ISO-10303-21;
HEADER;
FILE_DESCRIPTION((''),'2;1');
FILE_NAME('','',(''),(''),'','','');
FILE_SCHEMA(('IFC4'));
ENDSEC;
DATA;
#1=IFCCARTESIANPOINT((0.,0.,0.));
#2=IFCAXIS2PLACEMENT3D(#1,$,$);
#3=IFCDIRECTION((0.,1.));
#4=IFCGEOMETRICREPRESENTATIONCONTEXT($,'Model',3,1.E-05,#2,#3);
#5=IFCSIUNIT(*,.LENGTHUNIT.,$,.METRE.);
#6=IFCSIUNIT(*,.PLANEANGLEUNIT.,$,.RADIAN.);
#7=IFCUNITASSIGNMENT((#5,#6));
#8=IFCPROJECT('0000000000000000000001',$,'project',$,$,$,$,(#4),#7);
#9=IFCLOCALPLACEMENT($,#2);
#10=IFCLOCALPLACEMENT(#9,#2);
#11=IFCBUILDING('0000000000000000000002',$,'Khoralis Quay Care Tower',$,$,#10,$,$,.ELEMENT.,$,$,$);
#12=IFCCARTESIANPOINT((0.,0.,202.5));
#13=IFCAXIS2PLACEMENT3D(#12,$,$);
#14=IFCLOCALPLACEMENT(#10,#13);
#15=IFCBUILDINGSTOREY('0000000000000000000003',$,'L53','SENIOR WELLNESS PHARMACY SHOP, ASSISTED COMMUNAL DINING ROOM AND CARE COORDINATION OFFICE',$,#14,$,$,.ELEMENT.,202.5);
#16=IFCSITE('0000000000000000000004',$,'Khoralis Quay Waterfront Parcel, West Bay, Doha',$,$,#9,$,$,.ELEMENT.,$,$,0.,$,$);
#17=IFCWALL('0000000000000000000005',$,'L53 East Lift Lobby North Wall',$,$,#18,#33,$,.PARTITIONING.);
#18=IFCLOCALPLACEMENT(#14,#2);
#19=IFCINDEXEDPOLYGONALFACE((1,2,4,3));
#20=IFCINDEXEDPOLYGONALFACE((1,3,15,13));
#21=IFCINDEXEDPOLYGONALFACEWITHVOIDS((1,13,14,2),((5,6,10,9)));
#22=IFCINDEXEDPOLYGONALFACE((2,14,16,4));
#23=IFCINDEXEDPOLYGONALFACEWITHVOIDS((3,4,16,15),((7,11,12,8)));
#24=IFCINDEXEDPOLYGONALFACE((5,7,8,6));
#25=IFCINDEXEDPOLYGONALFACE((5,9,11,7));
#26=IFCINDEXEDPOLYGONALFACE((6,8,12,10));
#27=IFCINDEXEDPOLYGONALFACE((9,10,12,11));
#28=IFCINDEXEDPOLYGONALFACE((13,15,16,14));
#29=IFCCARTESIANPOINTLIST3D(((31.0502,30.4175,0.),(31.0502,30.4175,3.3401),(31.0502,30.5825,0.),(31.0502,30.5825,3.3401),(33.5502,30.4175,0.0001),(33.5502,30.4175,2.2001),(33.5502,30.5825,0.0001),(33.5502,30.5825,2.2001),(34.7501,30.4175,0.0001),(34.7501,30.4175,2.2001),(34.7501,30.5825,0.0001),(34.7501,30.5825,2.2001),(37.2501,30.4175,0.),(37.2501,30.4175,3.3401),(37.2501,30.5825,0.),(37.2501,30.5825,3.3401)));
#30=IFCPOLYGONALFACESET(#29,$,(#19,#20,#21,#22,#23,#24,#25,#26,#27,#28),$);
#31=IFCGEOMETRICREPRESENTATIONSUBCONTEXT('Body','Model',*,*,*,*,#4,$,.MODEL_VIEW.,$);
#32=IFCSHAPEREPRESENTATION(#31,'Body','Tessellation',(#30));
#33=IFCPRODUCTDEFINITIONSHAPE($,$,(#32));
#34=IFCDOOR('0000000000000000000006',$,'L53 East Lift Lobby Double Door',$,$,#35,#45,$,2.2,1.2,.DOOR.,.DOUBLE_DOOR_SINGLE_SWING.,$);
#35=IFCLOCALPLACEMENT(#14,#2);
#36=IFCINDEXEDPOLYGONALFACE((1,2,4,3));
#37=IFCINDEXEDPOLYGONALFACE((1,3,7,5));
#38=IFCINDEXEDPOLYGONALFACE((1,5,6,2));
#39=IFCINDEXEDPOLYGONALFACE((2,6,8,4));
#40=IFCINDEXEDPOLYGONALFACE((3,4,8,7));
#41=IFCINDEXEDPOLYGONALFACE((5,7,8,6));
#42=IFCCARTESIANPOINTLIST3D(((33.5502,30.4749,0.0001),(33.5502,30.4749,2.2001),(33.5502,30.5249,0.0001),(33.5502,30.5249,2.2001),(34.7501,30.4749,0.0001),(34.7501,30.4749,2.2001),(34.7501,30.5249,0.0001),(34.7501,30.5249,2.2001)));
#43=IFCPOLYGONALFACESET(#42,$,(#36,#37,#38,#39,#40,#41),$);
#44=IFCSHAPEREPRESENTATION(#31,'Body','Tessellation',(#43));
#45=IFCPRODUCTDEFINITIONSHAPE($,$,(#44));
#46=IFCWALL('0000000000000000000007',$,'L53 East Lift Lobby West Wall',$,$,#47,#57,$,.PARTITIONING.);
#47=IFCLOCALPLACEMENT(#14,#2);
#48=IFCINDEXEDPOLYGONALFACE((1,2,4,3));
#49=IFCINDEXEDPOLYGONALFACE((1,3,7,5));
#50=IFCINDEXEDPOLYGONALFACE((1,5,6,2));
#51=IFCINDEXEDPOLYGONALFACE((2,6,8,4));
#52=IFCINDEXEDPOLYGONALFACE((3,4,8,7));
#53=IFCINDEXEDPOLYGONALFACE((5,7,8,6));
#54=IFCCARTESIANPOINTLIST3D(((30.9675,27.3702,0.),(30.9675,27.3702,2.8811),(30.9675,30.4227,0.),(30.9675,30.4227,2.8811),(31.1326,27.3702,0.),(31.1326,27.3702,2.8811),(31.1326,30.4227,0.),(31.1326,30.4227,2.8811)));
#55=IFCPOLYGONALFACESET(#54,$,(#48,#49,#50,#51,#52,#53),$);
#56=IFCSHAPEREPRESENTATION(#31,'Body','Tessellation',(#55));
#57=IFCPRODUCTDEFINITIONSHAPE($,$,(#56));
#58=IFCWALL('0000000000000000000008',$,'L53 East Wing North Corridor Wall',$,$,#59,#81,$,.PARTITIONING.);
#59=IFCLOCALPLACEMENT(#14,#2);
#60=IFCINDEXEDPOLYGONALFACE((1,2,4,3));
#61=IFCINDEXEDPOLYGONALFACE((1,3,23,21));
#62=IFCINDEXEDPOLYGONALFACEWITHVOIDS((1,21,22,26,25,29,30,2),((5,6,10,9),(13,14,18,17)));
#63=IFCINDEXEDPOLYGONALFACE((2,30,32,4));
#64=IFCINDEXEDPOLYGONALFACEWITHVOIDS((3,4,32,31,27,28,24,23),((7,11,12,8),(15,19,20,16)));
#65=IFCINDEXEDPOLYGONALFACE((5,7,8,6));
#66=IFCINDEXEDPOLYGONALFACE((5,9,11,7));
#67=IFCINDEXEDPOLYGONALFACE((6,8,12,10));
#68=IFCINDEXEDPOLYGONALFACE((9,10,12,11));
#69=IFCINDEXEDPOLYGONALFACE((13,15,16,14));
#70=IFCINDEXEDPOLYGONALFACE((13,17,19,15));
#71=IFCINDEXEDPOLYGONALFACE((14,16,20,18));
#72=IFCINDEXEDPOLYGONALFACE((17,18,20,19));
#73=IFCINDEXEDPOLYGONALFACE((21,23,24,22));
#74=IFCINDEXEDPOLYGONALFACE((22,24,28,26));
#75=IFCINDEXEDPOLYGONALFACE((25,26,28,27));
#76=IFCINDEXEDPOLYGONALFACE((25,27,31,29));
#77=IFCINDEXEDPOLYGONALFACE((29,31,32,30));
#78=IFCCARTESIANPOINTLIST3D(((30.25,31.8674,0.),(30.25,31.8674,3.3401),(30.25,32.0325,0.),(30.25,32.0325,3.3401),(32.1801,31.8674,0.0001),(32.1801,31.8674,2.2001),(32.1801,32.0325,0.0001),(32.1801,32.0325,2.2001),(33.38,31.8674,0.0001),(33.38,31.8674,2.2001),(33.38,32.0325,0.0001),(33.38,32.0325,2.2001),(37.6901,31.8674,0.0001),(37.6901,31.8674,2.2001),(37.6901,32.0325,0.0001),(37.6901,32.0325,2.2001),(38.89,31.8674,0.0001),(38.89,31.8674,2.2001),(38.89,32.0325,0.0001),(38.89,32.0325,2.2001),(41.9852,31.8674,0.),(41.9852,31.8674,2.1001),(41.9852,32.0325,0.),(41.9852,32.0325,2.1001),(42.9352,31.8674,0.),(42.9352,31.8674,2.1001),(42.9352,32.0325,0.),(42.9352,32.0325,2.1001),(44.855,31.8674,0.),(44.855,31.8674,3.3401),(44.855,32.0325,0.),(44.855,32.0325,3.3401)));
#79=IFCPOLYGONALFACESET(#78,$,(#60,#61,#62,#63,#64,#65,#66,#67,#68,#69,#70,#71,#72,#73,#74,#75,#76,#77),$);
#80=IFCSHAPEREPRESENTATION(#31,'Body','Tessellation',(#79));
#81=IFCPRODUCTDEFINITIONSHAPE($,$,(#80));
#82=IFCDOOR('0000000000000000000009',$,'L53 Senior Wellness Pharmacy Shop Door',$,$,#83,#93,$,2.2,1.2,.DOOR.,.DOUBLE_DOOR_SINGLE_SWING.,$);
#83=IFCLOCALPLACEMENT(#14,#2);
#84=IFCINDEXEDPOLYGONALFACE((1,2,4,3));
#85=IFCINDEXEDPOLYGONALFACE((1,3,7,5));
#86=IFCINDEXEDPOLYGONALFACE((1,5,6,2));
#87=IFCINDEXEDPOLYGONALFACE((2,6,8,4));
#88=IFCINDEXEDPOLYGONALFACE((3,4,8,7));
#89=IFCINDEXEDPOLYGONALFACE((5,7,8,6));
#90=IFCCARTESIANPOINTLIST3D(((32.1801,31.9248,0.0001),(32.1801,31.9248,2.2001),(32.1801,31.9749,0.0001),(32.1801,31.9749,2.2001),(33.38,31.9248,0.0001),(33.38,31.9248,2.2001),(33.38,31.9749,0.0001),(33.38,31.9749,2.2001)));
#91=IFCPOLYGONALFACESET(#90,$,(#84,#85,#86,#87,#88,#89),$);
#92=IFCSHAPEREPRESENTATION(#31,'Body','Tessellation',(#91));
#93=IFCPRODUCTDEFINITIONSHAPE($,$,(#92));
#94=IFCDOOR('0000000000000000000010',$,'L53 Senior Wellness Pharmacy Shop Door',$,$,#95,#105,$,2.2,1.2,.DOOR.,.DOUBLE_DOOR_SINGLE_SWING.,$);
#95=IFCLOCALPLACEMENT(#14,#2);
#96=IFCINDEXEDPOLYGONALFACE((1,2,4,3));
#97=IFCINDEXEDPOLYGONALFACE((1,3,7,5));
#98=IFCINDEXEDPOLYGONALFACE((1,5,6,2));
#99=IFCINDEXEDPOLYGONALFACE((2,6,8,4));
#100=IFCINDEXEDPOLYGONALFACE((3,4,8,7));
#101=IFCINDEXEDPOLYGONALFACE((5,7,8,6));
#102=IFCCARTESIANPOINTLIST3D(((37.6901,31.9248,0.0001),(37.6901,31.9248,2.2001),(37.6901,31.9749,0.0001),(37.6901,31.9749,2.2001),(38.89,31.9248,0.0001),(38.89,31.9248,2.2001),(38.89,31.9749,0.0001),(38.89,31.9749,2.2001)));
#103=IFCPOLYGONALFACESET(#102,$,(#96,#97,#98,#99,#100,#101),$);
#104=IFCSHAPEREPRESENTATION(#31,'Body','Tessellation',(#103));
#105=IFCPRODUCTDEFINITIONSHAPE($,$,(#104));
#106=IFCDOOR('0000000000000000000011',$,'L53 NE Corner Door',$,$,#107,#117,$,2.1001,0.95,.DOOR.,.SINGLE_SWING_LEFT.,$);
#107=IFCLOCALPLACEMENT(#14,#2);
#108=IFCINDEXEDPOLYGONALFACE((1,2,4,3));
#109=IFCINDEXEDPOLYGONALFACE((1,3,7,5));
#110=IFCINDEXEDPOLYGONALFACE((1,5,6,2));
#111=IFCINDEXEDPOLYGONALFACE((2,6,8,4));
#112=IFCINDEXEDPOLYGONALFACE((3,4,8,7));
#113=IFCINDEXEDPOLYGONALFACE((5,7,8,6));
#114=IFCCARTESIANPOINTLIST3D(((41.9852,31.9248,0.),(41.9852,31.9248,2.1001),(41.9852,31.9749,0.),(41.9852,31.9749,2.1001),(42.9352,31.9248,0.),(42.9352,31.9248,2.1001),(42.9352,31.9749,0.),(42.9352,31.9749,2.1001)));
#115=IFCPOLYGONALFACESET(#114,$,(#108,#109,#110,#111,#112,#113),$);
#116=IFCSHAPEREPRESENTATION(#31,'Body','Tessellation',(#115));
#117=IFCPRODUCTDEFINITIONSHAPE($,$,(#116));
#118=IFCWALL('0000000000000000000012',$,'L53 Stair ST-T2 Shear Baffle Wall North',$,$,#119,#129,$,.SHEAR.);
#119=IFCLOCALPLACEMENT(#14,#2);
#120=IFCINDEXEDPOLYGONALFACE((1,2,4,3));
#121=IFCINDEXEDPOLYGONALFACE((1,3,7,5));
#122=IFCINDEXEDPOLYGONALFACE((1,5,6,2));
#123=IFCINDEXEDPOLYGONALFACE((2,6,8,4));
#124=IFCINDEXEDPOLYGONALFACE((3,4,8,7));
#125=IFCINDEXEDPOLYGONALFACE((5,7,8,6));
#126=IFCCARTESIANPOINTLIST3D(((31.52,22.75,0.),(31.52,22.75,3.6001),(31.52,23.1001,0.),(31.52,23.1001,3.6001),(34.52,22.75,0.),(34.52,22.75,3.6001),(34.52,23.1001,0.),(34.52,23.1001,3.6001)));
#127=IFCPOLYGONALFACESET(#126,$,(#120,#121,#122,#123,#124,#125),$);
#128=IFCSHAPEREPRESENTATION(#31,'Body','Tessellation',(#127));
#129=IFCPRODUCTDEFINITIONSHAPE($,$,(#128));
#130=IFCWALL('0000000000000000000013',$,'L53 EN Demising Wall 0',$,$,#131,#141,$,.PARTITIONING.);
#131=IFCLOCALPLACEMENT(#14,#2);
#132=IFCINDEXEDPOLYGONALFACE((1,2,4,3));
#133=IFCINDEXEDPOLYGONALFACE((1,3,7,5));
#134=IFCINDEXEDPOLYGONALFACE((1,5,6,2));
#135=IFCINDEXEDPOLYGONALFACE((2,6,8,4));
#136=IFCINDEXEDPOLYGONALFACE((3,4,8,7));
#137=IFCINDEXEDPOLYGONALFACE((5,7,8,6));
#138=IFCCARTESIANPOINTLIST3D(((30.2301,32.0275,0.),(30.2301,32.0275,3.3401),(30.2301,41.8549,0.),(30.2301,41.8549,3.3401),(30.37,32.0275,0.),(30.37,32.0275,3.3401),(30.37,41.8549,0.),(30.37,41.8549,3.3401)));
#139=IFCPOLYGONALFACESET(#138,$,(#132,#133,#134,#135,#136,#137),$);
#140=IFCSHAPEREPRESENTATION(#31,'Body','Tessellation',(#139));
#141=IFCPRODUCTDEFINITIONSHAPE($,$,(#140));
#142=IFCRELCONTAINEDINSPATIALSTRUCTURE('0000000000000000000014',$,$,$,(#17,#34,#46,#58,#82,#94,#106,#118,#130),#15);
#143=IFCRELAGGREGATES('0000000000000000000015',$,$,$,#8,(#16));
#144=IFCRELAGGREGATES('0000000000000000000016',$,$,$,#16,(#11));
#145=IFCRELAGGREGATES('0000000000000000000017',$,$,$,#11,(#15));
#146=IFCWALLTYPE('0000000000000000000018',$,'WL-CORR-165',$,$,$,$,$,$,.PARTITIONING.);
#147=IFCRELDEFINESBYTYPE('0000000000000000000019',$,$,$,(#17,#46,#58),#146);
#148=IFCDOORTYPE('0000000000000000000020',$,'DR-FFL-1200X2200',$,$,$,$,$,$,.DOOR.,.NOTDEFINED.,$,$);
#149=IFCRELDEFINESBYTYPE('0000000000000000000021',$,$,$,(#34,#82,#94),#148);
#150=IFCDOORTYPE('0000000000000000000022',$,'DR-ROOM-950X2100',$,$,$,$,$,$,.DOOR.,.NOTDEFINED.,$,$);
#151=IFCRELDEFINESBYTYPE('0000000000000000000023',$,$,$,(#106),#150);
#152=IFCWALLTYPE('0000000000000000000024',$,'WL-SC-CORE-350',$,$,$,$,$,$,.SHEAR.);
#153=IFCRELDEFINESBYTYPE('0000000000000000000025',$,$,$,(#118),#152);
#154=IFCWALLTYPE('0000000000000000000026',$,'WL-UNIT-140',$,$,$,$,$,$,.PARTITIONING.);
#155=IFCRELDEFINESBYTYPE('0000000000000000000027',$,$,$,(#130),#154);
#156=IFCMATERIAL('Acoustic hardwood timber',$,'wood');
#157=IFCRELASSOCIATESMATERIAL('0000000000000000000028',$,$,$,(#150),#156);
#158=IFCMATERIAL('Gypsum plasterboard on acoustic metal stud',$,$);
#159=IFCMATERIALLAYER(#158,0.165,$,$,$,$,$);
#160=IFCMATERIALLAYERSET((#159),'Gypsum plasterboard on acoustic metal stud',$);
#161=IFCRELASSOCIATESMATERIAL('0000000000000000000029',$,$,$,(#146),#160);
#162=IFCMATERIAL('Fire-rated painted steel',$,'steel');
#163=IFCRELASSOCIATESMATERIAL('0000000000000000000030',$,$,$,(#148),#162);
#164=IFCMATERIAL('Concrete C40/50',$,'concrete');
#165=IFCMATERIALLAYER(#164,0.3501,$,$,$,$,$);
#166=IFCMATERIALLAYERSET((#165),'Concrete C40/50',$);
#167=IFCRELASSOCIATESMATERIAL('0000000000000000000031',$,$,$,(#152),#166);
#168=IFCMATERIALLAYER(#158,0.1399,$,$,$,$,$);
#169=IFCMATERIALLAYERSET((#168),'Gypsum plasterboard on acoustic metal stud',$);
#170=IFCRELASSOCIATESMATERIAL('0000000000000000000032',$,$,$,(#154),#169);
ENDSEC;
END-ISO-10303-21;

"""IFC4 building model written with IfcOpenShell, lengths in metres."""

from ifc_helpers import new_model, si_unit, direction, frame, frame_2d, origin, place, context, subcontext, project, spatial, rectangle, extrude, source, transform, mapped, material, layer, layer_set, type_object, element, fill, save


model = new_model("IFC4")

# Units and contexts
model_context = context("Model", 3, precision=1e-05, world=origin(), true_north=direction((0.0, 1.0)))
body_context = subcontext(model_context, "Body", "Model", "MODEL_VIEW")
ifc_project = project(units=[si_unit("LENGTHUNIT", "METRE"), si_unit("PLANEANGLEUNIT", "RADIAN")], contexts=[model_context])

# Site, building, storey
site_placement = place(None, origin())
site = spatial("IfcSite", under=ifc_project, at=site_placement, Name="Khoralis Quay Waterfront Parcel, West Bay, Doha", CompositionType="ELEMENT", RefElevation=0.0)
building_placement = place(site_placement, origin())
building = spatial("IfcBuilding", under=site, at=building_placement, Name="Khoralis Quay Care Tower", CompositionType="ELEMENT")
storey_placement = place(building_placement, frame((0.0, 0.0, 202.5)))
storey = spatial("IfcBuildingStorey", under=building, at=storey_placement, Name="L53", Description="SENIOR WELLNESS PHARMACY SHOP, ASSISTED COMMUNAL DINING ROOM AND CARE COORDINATION OFFICE", CompositionType="ELEMENT", Elevation=202.5)

# Shared definitions
ifc_material_1 = material(Name="Acoustic hardwood timber", Category="wood")
door_type_1 = type_object("IfcDoorType", Name="DR-ROOM-950X2100", OperationType="NOTDEFINED", PredefinedType="DOOR", material=ifc_material_1)
shared_shape_1 = source(origin(), body_context, "Body", "SweptSolid", [
    extrude(rectangle(XDim=0.95, YDim=2.1001, at=frame_2d((0.4751, 1.05))), frame((0.0, 0.0249, 0.0), z_axis=(0.0, -1.0, 0.0), x_axis=(1.0, 0.0, 0.0)), (0.0, 0.0, 1.0), 0.05),
])

# Wall, opening, door
ifc_material_2 = material(Name="Gypsum plasterboard on acoustic metal stud")
ifc_layer_1 = layer(ifc_material_2, 0.165)
ifc_layer_set_1 = layer_set([ifc_layer_1], Name="Gypsum plasterboard on acoustic metal stud")
wall_type_1 = type_object("IfcWallType", Name="WL-CORR-165", PredefinedType="PARTITIONING", material=ifc_layer_set_1)
wall_1_placement = place(storey_placement, frame((31.05, 30.5, 0.0), z_axis=(0.0, 0.0, 1.0), x_axis=(1.0, 0.0, 0.0)))
wall_1 = element("IfcWall", 1, at=wall_1_placement, inside=storey, type_object=wall_type_1, Name="L53 East Lift Lobby North Wall", PredefinedType="PARTITIONING", context=body_context, shape_type="SweptSolid", body=[
    extrude(rectangle(XDim=6.2, YDim=0.165, at=frame_2d((3.1001, 0.0))), origin(), (0.0, 0.0, 1.0), 3.3401),
])
opening_1_placement = place(wall_1_placement, frame((2.5, 0.0, 0.0)))
opening_1 = element("IfcOpeningElement", 2, at=opening_1_placement, cuts=wall_1, PredefinedType="OPENING", context=body_context, shape_type="SweptSolid", body=[
    extrude(rectangle(XDim=1.2, YDim=2.2, at=frame_2d((0.6001, 1.1001))), frame((0.0, 0.0925, 0.0), z_axis=(0.0, -1.0, 0.0), x_axis=(1.0, 0.0, 0.0)), (0.0, 0.0, 1.0), 0.1851),
])
ifc_material_3 = material(Name="Fire-rated painted steel", Category="steel")
door_type_2 = type_object("IfcDoorType", Name="DR-FFL-1200X2200", OperationType="NOTDEFINED", PredefinedType="DOOR", material=ifc_material_3)
shared_shape_2 = source(origin(), body_context, "Body", "SweptSolid", [
    extrude(rectangle(XDim=1.2, YDim=2.2, at=frame_2d((0.6001, 1.1001))), frame((0.0, 0.0249, 0.0), z_axis=(0.0, -1.0, 0.0), x_axis=(1.0, 0.0, 0.0)), (0.0, 0.0, 1.0), 0.05),
])
door_1_placement = place(opening_1_placement, origin())
door_1 = element("IfcDoor", 3, at=door_1_placement, inside=storey, type_object=door_type_2, Name="L53 East Lift Lobby Double Door", OperationType="DOUBLE_DOOR_SINGLE_SWING", OverallHeight=2.2, OverallWidth=1.2, PredefinedType="DOOR", context=body_context, shape_type="MappedRepresentation", body=[
    mapped(shared_shape_2, transform((0.0, 0.0, 0.0), scale=1.0)),
])
fill(opening_1, door_1)

# Wall
wall_2_placement = place(storey_placement, frame((31.05, 27.3701, 0.0), z_axis=(0.0, 0.0, 1.0), x_axis=(0.0, 1.0, 0.0)))
element("IfcWall", 4, at=wall_2_placement, inside=storey, type_object=wall_type_1, Name="L53 East Lift Lobby West Wall", PredefinedType="PARTITIONING", context=body_context, shape_type="SweptSolid", body=[
    extrude(rectangle(XDim=3.0525, YDim=0.165, at=frame_2d((1.5264, 0.0))), origin(), (0.0, 0.0, 1.0), 2.8811),
])

# Wall, openings, doors
wall_3_placement = place(storey_placement, frame((30.25, 31.95, 0.0), z_axis=(0.0, 0.0, 1.0), x_axis=(1.0, 0.0, 0.0)))
wall_3 = element("IfcWall", 5, at=wall_3_placement, inside=storey, type_object=wall_type_1, Name="L53 East Wing North Corridor Wall", PredefinedType="PARTITIONING", context=body_context, shape_type="SweptSolid", body=[
    extrude(rectangle(XDim=14.605, YDim=0.165, at=frame_2d((7.3025, 0.0))), origin(), (0.0, 0.0, 1.0), 3.3401),
])
opening_2_placement = place(wall_3_placement, frame((1.9299, 0.0, 0.0)))
opening_2 = element("IfcOpeningElement", 6, at=opening_2_placement, cuts=wall_3, PredefinedType="OPENING", context=body_context, shape_type="SweptSolid", body=[
    extrude(rectangle(XDim=1.2, YDim=2.2, at=frame_2d((0.6001, 1.1001))), frame((0.0, 0.0925, 0.0), z_axis=(0.0, -1.0, 0.0), x_axis=(1.0, 0.0, 0.0)), (0.0, 0.0, 1.0), 0.1851),
])
opening_3_placement = place(wall_3_placement, frame((7.4399, 0.0, 0.0)))
opening_3 = element("IfcOpeningElement", 7, at=opening_3_placement, cuts=wall_3, PredefinedType="OPENING", context=body_context, shape_type="SweptSolid", body=[
    extrude(rectangle(XDim=1.2, YDim=2.2, at=frame_2d((0.6001, 1.1001))), frame((0.0, 0.0925, 0.0), z_axis=(0.0, -1.0, 0.0), x_axis=(1.0, 0.0, 0.0)), (0.0, 0.0, 1.0), 0.1851),
])
opening_4_placement = place(wall_3_placement, frame((11.7351, 0.0, 0.0)))
opening_4 = element("IfcOpeningElement", 8, at=opening_4_placement, cuts=wall_3, PredefinedType="OPENING", context=body_context, shape_type="SweptSolid", body=[
    extrude(rectangle(XDim=0.95, YDim=2.1001, at=frame_2d((0.4751, 1.05))), frame((0.0, 0.0925, 0.0), z_axis=(0.0, -1.0, 0.0), x_axis=(1.0, 0.0, 0.0)), (0.0, 0.0, 1.0), 0.1851),
])
door_2_placement = place(opening_2_placement, origin())
door_2 = element("IfcDoor", 9, at=door_2_placement, inside=storey, type_object=door_type_2, Name="L53 Senior Wellness Pharmacy Shop Door", OperationType="DOUBLE_DOOR_SINGLE_SWING", OverallHeight=2.2, OverallWidth=1.2, PredefinedType="DOOR", context=body_context, shape_type="MappedRepresentation", body=[
    mapped(shared_shape_2, transform((0.0, 0.0, 0.0), scale=1.0)),
])
fill(opening_2, door_2)
door_3_placement = place(opening_3_placement, origin())
door_3 = element("IfcDoor", 10, at=door_3_placement, inside=storey, type_object=door_type_2, Name="L53 Senior Wellness Pharmacy Shop Door", OperationType="DOUBLE_DOOR_SINGLE_SWING", OverallHeight=2.2, OverallWidth=1.2, PredefinedType="DOOR", context=body_context, shape_type="MappedRepresentation", body=[
    mapped(shared_shape_2, transform((0.0, 0.0, 0.0), scale=1.0)),
])
fill(opening_3, door_3)
door_4_placement = place(opening_4_placement, origin())
door_4 = element("IfcDoor", 11, at=door_4_placement, inside=storey, type_object=door_type_1, Name="L53 NE Corner Door", OperationType="SINGLE_SWING_LEFT", OverallHeight=2.1001, OverallWidth=0.95, PredefinedType="DOOR", context=body_context, shape_type="MappedRepresentation", body=[
    mapped(shared_shape_1, transform((0.0, 0.0, 0.0), scale=1.0)),
])
fill(opening_4, door_4)

# Walls
ifc_material_4 = material(Name="Concrete C40/50", Category="concrete")
ifc_layer_2 = layer(ifc_material_4, 0.3501)
ifc_layer_set_2 = layer_set([ifc_layer_2], Name="Concrete C40/50")
wall_type_2 = type_object("IfcWallType", Name="WL-SC-CORE-350", PredefinedType="SHEAR", material=ifc_layer_set_2)
wall_4_placement = place(storey_placement, frame((31.52, 22.925, 0.0), z_axis=(0.0, 0.0, 1.0), x_axis=(1.0, 0.0, 0.0)))
element("IfcWall", 12, at=wall_4_placement, inside=storey, type_object=wall_type_2, Name="L53 Stair ST-T2 Shear Baffle Wall North", PredefinedType="SHEAR", context=body_context, shape_type="SweptSolid", body=[
    extrude(rectangle(XDim=3.0, YDim=0.3501, at=frame_2d((1.5, 0.0))), origin(), (0.0, 0.0, 1.0), 3.6001),
])
ifc_layer_3 = layer(ifc_material_2, 0.1399)
ifc_layer_set_3 = layer_set([ifc_layer_3], Name="Gypsum plasterboard on acoustic metal stud")
wall_type_3 = type_object("IfcWallType", Name="WL-UNIT-140", PredefinedType="PARTITIONING", material=ifc_layer_set_3)
wall_5_placement = place(storey_placement, frame((30.3, 32.0276, 0.0), z_axis=(0.0, 0.0, 1.0), x_axis=(0.0, 1.0, 0.0)))
element("IfcWall", 13, at=wall_5_placement, inside=storey, type_object=wall_type_3, Name="L53 EN Demising Wall 0", PredefinedType="PARTITIONING", context=body_context, shape_type="SweptSolid", body=[
    extrude(rectangle(XDim=9.8274, YDim=0.1399, at=frame_2d((4.9136, 0.0))), origin(), (0.0, 0.0, 1.0), 3.3401),
])

save(model, "model.ifc")
